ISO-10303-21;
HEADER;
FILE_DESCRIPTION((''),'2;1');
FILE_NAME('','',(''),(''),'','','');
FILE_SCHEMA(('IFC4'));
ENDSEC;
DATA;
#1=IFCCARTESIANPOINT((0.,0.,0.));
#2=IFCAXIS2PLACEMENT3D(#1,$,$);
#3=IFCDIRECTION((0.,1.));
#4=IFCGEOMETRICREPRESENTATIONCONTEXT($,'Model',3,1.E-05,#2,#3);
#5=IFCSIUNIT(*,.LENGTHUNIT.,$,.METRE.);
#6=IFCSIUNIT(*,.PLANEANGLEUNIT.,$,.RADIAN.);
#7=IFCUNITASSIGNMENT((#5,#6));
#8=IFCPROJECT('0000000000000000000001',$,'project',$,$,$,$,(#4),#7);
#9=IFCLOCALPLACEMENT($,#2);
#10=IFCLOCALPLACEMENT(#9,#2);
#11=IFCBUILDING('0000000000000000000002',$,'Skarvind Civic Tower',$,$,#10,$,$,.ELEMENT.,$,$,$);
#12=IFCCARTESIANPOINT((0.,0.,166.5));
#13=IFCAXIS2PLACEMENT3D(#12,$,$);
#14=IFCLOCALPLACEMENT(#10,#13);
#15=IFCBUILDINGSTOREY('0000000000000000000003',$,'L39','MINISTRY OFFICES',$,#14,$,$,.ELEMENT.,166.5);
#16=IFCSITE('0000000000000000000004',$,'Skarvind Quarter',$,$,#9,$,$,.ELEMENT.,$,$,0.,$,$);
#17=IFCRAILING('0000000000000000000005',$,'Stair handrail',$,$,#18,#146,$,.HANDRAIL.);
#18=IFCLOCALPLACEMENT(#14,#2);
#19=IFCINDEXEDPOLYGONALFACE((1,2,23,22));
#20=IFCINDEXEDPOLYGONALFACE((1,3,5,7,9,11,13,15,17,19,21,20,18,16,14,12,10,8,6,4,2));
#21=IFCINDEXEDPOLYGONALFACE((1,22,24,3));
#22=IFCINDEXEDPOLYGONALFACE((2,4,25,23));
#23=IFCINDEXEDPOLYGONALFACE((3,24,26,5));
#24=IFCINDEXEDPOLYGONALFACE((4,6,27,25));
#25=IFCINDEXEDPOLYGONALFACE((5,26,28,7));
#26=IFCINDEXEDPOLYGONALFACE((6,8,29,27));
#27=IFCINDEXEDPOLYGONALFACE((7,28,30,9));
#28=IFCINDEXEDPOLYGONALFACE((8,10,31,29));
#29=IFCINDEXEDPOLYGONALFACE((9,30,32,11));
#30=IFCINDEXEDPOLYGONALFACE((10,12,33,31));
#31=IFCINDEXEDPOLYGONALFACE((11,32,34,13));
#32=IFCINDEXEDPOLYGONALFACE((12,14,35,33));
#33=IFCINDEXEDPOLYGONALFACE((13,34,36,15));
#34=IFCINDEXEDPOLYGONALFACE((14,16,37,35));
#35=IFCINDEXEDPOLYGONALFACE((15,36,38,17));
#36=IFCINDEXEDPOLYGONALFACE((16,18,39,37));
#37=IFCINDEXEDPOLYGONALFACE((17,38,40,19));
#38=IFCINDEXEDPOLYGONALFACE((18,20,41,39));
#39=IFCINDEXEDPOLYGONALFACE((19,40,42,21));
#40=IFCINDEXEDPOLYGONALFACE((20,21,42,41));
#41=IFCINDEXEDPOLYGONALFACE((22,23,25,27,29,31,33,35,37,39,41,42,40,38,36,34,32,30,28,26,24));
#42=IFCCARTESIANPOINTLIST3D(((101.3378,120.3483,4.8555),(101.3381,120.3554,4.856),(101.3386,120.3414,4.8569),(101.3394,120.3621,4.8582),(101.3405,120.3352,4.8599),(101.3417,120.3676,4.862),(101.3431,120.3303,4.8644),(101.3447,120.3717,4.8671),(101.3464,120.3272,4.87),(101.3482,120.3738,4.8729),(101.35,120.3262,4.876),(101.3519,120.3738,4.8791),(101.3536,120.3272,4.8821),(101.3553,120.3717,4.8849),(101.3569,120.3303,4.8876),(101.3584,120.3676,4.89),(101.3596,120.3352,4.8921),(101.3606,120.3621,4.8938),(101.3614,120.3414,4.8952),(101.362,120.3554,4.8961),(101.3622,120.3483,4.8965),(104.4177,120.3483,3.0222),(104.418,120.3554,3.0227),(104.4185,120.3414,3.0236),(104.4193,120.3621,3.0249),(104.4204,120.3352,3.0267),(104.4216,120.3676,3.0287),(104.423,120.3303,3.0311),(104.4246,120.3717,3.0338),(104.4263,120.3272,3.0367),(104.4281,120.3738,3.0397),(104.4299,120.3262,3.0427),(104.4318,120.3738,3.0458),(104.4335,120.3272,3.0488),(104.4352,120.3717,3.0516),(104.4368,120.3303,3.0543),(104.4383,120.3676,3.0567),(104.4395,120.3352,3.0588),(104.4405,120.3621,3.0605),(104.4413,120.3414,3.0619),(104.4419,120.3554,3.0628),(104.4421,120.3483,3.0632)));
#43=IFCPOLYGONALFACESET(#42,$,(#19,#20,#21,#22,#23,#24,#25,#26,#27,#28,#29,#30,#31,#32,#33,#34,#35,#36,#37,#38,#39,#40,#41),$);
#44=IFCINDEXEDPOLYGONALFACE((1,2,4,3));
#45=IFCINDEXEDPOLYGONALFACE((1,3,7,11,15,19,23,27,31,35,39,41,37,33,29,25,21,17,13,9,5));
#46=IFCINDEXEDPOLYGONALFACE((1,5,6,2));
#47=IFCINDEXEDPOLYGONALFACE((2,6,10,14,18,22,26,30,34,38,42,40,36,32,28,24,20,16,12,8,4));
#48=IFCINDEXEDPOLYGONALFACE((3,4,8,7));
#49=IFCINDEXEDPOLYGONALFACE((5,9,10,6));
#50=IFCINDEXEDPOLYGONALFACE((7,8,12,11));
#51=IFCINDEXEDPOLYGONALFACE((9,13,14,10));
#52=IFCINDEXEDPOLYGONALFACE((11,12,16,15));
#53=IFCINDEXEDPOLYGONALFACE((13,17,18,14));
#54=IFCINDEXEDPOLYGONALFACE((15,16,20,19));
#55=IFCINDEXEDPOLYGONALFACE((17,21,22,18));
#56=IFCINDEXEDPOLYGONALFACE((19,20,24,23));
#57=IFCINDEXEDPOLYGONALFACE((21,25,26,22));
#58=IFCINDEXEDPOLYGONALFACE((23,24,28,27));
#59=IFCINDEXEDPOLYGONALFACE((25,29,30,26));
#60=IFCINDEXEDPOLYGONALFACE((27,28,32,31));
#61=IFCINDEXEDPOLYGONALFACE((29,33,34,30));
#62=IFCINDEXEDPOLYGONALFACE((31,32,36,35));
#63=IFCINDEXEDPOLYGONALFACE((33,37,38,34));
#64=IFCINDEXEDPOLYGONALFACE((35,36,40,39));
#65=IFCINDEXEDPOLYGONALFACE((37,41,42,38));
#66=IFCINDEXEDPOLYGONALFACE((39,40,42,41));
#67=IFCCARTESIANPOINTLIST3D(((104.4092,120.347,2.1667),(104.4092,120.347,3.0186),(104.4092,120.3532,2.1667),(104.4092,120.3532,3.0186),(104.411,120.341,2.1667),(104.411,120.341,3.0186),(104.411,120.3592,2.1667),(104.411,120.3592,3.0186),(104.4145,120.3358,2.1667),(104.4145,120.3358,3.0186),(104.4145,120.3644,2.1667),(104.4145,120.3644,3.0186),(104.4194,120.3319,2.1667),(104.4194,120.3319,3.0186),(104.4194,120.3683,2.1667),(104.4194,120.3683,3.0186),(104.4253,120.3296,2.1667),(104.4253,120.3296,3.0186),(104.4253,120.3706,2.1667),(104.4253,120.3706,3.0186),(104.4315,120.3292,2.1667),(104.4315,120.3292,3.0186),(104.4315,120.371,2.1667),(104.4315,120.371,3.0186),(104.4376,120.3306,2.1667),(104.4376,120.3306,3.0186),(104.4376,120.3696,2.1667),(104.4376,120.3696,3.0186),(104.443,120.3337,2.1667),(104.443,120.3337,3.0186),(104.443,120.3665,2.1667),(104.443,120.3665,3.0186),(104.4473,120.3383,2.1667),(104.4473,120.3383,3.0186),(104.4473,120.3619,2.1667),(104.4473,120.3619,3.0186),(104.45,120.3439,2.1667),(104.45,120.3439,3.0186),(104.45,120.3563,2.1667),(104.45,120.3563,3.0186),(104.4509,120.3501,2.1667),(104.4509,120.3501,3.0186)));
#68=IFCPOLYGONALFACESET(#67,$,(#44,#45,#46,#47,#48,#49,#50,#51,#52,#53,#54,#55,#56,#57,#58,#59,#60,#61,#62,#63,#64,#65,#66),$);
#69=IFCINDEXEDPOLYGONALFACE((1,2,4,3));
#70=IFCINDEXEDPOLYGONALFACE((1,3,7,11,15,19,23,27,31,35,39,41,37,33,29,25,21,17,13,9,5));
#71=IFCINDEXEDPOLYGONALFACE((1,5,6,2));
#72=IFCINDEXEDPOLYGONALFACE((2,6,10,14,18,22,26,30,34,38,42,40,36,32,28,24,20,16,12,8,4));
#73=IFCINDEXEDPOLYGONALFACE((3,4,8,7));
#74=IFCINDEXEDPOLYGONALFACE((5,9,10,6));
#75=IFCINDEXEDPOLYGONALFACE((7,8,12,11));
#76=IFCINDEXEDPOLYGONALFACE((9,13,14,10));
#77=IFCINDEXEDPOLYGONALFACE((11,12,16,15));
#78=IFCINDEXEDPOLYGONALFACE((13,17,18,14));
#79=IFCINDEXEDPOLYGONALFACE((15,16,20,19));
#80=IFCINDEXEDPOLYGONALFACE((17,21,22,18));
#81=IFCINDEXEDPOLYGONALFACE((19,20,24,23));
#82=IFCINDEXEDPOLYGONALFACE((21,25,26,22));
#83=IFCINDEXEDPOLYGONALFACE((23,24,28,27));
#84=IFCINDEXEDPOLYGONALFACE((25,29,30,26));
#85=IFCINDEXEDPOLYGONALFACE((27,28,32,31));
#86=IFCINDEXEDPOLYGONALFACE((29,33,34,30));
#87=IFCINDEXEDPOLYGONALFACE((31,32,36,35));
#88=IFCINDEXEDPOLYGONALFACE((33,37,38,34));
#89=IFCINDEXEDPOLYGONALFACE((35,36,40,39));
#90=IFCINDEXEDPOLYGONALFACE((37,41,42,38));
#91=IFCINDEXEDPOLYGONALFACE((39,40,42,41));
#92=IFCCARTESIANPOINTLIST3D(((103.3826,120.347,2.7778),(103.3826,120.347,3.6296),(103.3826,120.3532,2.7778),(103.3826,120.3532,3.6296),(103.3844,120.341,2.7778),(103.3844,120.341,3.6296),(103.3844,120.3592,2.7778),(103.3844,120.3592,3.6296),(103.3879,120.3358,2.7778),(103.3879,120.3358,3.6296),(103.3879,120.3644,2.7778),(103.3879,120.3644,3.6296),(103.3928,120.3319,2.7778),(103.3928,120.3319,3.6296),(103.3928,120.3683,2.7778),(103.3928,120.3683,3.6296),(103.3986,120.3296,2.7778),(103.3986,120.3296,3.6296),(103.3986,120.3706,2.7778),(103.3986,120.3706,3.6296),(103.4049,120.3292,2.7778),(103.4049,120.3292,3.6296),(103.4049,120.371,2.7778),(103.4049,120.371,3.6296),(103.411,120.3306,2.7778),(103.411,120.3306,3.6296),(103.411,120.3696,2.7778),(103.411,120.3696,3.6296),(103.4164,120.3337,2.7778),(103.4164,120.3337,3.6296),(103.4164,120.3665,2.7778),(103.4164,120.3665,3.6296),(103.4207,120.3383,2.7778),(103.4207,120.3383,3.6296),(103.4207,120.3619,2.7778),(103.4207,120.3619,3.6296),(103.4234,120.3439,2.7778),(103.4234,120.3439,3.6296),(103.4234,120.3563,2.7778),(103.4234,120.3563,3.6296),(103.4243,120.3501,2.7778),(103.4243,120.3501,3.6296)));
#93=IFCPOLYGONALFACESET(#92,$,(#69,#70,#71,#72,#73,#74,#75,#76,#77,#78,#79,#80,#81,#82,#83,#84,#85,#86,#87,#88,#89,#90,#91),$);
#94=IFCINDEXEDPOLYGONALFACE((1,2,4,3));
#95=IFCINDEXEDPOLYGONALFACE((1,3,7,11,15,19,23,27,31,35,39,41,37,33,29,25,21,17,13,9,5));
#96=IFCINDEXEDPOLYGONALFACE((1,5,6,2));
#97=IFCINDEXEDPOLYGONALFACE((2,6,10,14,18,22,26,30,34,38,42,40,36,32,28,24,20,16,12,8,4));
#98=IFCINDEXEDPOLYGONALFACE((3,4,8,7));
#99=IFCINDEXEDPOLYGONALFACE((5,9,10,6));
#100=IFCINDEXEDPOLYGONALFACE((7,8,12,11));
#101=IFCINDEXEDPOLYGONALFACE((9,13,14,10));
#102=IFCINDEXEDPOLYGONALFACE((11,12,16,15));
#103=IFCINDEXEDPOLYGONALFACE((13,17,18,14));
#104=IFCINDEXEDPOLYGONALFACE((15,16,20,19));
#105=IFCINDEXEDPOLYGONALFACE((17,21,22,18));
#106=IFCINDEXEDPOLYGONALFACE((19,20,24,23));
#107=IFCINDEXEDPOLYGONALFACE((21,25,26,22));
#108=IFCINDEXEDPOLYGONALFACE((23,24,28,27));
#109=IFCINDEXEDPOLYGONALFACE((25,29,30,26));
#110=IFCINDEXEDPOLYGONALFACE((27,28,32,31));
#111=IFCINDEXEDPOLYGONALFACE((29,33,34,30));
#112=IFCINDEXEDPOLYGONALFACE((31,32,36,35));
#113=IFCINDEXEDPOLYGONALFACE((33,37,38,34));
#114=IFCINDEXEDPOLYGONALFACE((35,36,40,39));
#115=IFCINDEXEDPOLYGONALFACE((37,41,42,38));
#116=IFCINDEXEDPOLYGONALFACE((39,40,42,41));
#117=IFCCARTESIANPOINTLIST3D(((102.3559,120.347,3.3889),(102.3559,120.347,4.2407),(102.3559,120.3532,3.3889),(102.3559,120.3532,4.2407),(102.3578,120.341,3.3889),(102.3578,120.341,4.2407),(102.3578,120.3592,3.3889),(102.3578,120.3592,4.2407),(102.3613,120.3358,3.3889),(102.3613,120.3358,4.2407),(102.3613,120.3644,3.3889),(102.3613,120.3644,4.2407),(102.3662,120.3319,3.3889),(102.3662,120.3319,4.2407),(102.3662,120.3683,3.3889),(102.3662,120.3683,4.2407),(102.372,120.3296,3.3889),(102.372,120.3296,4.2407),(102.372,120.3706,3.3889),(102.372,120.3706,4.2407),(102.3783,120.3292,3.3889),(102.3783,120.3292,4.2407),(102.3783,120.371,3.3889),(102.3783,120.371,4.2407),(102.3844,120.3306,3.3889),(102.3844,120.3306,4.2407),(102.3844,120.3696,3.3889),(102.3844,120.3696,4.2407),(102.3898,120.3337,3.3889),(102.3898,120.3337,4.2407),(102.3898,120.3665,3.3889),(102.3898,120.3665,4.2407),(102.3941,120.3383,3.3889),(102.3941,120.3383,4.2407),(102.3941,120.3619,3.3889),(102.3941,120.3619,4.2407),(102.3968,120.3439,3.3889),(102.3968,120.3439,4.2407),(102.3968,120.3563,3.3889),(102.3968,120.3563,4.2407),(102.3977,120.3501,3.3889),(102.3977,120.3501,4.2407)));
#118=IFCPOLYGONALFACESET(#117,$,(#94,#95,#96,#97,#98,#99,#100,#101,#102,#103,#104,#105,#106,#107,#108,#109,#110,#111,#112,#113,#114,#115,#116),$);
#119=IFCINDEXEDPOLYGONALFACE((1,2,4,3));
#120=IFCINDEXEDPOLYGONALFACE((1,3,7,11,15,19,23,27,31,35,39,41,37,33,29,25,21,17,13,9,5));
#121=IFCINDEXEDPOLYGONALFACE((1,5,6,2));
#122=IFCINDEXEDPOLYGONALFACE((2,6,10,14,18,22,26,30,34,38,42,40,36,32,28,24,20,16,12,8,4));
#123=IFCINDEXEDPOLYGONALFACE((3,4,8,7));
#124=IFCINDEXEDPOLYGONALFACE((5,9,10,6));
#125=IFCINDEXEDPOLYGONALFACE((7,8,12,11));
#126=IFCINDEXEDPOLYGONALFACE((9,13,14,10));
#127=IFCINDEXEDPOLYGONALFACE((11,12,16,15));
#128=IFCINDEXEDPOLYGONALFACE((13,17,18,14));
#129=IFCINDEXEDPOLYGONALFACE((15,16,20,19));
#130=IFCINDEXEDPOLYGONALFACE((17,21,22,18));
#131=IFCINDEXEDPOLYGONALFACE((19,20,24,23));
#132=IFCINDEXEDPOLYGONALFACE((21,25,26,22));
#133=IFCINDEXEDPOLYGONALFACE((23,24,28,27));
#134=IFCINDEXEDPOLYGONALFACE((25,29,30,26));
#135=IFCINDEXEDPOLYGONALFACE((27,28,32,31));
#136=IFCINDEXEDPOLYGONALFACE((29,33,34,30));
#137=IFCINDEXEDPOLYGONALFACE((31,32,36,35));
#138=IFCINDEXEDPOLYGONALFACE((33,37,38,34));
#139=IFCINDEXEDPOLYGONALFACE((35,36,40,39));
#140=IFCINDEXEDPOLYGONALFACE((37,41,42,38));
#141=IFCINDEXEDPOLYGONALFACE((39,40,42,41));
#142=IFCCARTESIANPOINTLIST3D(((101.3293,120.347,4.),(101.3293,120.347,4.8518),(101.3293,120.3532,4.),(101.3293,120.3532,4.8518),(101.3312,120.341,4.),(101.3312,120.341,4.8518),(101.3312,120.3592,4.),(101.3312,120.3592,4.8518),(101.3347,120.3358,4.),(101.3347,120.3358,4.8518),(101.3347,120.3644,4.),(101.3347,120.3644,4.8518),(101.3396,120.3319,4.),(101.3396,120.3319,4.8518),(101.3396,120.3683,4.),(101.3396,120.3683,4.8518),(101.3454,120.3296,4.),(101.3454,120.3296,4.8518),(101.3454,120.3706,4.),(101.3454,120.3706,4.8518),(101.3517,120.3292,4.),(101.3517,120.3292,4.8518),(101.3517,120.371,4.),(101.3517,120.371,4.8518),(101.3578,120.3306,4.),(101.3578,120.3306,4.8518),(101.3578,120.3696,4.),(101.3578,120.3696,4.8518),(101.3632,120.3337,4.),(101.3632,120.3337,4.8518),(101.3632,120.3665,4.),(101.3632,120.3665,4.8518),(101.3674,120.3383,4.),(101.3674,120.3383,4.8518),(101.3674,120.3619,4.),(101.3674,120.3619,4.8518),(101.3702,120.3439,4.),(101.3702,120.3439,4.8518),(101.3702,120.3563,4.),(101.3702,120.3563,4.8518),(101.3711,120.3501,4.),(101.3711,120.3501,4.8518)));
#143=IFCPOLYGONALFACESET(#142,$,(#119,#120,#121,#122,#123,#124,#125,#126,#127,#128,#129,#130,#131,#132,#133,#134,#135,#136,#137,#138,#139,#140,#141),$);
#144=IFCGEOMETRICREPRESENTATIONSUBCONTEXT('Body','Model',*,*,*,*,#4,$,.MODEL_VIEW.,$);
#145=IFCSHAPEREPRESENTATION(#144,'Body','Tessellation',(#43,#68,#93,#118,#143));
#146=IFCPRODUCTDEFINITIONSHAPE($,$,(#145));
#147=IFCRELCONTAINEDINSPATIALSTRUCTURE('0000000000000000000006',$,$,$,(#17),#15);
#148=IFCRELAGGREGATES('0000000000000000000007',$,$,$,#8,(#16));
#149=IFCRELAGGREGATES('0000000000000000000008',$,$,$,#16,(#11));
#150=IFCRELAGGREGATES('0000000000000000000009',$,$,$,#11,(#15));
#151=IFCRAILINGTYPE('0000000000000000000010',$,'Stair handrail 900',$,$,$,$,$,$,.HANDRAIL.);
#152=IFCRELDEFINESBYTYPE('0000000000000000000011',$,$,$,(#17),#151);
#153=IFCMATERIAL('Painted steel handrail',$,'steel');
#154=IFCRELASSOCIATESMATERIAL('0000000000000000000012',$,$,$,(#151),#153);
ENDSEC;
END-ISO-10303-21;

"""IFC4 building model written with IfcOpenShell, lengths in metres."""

from ifc_helpers import new_model, si_unit, direction, frame, origin, origin_2d, place, context, subcontext, project, spatial, circle, extrude, material, type_object, element, save


model = new_model("IFC4")

# Units and contexts
model_context = context("Model", 3, precision=1e-05, world=origin(), true_north=direction((0.0, 1.0)))
body_context = subcontext(model_context, "Body", "Model", "MODEL_VIEW")
ifc_project = project(units=[si_unit("LENGTHUNIT", "METRE"), si_unit("PLANEANGLEUNIT", "RADIAN")], contexts=[model_context])

# Site, building, storey
site_placement = place(None, origin())
site = spatial("IfcSite", under=ifc_project, at=site_placement, Name="Skarvind Quarter", CompositionType="ELEMENT", RefElevation=0.0)
building_placement = place(site_placement, origin())
building = spatial("IfcBuilding", under=site, at=building_placement, Name="Skarvind Civic Tower", CompositionType="ELEMENT")
storey_placement = place(building_placement, frame((0.0, 0.0, 166.5)))
storey = spatial("IfcBuildingStorey", under=building, at=storey_placement, Name="L39", Description="MINISTRY OFFICES", CompositionType="ELEMENT", Elevation=166.5)

# Railing
ifc_material_1 = material(Name="Painted steel handrail", Category="steel")
railing_type = type_object("IfcRailingType", Name="Stair handrail 900", PredefinedType="HANDRAIL", material=ifc_material_1)
railing_placement = place(storey_placement, frame((104.4299, 120.3501, 2.1667)))
element("IfcRailing", 1, at=railing_placement, inside=storey, type_object=railing_type, Name="Stair handrail", PredefinedType="HANDRAIL", context=body_context, shape_type="SweptSolid", body=[
    extrude(circle(Radius=0.0239, at=origin_2d()), frame((0.0, 0.0, 0.876), z_axis=(-0.859291, 0.0, 0.511487), x_axis=(0.0, -1.0, 0.0)), (0.0, 0.0, 1.0), 3.5842),
    extrude(circle(Radius=0.021, at=origin_2d()), origin(), (0.0, 0.0, 1.0), 0.8518),
    extrude(circle(Radius=0.021, at=origin_2d()), frame((-1.0266, 0.0, 0.6111)), (0.0, 0.0, 1.0), 0.8518),
    extrude(circle(Radius=0.021, at=origin_2d()), frame((-2.0532, 0.0, 1.2222)), (0.0, 0.0, 1.0), 0.8518),
    extrude(circle(Radius=0.021, at=origin_2d()), frame((-3.0798, 0.0, 1.8333)), (0.0, 0.0, 1.0), 0.8518),
])

save(model, "model.ifc")
